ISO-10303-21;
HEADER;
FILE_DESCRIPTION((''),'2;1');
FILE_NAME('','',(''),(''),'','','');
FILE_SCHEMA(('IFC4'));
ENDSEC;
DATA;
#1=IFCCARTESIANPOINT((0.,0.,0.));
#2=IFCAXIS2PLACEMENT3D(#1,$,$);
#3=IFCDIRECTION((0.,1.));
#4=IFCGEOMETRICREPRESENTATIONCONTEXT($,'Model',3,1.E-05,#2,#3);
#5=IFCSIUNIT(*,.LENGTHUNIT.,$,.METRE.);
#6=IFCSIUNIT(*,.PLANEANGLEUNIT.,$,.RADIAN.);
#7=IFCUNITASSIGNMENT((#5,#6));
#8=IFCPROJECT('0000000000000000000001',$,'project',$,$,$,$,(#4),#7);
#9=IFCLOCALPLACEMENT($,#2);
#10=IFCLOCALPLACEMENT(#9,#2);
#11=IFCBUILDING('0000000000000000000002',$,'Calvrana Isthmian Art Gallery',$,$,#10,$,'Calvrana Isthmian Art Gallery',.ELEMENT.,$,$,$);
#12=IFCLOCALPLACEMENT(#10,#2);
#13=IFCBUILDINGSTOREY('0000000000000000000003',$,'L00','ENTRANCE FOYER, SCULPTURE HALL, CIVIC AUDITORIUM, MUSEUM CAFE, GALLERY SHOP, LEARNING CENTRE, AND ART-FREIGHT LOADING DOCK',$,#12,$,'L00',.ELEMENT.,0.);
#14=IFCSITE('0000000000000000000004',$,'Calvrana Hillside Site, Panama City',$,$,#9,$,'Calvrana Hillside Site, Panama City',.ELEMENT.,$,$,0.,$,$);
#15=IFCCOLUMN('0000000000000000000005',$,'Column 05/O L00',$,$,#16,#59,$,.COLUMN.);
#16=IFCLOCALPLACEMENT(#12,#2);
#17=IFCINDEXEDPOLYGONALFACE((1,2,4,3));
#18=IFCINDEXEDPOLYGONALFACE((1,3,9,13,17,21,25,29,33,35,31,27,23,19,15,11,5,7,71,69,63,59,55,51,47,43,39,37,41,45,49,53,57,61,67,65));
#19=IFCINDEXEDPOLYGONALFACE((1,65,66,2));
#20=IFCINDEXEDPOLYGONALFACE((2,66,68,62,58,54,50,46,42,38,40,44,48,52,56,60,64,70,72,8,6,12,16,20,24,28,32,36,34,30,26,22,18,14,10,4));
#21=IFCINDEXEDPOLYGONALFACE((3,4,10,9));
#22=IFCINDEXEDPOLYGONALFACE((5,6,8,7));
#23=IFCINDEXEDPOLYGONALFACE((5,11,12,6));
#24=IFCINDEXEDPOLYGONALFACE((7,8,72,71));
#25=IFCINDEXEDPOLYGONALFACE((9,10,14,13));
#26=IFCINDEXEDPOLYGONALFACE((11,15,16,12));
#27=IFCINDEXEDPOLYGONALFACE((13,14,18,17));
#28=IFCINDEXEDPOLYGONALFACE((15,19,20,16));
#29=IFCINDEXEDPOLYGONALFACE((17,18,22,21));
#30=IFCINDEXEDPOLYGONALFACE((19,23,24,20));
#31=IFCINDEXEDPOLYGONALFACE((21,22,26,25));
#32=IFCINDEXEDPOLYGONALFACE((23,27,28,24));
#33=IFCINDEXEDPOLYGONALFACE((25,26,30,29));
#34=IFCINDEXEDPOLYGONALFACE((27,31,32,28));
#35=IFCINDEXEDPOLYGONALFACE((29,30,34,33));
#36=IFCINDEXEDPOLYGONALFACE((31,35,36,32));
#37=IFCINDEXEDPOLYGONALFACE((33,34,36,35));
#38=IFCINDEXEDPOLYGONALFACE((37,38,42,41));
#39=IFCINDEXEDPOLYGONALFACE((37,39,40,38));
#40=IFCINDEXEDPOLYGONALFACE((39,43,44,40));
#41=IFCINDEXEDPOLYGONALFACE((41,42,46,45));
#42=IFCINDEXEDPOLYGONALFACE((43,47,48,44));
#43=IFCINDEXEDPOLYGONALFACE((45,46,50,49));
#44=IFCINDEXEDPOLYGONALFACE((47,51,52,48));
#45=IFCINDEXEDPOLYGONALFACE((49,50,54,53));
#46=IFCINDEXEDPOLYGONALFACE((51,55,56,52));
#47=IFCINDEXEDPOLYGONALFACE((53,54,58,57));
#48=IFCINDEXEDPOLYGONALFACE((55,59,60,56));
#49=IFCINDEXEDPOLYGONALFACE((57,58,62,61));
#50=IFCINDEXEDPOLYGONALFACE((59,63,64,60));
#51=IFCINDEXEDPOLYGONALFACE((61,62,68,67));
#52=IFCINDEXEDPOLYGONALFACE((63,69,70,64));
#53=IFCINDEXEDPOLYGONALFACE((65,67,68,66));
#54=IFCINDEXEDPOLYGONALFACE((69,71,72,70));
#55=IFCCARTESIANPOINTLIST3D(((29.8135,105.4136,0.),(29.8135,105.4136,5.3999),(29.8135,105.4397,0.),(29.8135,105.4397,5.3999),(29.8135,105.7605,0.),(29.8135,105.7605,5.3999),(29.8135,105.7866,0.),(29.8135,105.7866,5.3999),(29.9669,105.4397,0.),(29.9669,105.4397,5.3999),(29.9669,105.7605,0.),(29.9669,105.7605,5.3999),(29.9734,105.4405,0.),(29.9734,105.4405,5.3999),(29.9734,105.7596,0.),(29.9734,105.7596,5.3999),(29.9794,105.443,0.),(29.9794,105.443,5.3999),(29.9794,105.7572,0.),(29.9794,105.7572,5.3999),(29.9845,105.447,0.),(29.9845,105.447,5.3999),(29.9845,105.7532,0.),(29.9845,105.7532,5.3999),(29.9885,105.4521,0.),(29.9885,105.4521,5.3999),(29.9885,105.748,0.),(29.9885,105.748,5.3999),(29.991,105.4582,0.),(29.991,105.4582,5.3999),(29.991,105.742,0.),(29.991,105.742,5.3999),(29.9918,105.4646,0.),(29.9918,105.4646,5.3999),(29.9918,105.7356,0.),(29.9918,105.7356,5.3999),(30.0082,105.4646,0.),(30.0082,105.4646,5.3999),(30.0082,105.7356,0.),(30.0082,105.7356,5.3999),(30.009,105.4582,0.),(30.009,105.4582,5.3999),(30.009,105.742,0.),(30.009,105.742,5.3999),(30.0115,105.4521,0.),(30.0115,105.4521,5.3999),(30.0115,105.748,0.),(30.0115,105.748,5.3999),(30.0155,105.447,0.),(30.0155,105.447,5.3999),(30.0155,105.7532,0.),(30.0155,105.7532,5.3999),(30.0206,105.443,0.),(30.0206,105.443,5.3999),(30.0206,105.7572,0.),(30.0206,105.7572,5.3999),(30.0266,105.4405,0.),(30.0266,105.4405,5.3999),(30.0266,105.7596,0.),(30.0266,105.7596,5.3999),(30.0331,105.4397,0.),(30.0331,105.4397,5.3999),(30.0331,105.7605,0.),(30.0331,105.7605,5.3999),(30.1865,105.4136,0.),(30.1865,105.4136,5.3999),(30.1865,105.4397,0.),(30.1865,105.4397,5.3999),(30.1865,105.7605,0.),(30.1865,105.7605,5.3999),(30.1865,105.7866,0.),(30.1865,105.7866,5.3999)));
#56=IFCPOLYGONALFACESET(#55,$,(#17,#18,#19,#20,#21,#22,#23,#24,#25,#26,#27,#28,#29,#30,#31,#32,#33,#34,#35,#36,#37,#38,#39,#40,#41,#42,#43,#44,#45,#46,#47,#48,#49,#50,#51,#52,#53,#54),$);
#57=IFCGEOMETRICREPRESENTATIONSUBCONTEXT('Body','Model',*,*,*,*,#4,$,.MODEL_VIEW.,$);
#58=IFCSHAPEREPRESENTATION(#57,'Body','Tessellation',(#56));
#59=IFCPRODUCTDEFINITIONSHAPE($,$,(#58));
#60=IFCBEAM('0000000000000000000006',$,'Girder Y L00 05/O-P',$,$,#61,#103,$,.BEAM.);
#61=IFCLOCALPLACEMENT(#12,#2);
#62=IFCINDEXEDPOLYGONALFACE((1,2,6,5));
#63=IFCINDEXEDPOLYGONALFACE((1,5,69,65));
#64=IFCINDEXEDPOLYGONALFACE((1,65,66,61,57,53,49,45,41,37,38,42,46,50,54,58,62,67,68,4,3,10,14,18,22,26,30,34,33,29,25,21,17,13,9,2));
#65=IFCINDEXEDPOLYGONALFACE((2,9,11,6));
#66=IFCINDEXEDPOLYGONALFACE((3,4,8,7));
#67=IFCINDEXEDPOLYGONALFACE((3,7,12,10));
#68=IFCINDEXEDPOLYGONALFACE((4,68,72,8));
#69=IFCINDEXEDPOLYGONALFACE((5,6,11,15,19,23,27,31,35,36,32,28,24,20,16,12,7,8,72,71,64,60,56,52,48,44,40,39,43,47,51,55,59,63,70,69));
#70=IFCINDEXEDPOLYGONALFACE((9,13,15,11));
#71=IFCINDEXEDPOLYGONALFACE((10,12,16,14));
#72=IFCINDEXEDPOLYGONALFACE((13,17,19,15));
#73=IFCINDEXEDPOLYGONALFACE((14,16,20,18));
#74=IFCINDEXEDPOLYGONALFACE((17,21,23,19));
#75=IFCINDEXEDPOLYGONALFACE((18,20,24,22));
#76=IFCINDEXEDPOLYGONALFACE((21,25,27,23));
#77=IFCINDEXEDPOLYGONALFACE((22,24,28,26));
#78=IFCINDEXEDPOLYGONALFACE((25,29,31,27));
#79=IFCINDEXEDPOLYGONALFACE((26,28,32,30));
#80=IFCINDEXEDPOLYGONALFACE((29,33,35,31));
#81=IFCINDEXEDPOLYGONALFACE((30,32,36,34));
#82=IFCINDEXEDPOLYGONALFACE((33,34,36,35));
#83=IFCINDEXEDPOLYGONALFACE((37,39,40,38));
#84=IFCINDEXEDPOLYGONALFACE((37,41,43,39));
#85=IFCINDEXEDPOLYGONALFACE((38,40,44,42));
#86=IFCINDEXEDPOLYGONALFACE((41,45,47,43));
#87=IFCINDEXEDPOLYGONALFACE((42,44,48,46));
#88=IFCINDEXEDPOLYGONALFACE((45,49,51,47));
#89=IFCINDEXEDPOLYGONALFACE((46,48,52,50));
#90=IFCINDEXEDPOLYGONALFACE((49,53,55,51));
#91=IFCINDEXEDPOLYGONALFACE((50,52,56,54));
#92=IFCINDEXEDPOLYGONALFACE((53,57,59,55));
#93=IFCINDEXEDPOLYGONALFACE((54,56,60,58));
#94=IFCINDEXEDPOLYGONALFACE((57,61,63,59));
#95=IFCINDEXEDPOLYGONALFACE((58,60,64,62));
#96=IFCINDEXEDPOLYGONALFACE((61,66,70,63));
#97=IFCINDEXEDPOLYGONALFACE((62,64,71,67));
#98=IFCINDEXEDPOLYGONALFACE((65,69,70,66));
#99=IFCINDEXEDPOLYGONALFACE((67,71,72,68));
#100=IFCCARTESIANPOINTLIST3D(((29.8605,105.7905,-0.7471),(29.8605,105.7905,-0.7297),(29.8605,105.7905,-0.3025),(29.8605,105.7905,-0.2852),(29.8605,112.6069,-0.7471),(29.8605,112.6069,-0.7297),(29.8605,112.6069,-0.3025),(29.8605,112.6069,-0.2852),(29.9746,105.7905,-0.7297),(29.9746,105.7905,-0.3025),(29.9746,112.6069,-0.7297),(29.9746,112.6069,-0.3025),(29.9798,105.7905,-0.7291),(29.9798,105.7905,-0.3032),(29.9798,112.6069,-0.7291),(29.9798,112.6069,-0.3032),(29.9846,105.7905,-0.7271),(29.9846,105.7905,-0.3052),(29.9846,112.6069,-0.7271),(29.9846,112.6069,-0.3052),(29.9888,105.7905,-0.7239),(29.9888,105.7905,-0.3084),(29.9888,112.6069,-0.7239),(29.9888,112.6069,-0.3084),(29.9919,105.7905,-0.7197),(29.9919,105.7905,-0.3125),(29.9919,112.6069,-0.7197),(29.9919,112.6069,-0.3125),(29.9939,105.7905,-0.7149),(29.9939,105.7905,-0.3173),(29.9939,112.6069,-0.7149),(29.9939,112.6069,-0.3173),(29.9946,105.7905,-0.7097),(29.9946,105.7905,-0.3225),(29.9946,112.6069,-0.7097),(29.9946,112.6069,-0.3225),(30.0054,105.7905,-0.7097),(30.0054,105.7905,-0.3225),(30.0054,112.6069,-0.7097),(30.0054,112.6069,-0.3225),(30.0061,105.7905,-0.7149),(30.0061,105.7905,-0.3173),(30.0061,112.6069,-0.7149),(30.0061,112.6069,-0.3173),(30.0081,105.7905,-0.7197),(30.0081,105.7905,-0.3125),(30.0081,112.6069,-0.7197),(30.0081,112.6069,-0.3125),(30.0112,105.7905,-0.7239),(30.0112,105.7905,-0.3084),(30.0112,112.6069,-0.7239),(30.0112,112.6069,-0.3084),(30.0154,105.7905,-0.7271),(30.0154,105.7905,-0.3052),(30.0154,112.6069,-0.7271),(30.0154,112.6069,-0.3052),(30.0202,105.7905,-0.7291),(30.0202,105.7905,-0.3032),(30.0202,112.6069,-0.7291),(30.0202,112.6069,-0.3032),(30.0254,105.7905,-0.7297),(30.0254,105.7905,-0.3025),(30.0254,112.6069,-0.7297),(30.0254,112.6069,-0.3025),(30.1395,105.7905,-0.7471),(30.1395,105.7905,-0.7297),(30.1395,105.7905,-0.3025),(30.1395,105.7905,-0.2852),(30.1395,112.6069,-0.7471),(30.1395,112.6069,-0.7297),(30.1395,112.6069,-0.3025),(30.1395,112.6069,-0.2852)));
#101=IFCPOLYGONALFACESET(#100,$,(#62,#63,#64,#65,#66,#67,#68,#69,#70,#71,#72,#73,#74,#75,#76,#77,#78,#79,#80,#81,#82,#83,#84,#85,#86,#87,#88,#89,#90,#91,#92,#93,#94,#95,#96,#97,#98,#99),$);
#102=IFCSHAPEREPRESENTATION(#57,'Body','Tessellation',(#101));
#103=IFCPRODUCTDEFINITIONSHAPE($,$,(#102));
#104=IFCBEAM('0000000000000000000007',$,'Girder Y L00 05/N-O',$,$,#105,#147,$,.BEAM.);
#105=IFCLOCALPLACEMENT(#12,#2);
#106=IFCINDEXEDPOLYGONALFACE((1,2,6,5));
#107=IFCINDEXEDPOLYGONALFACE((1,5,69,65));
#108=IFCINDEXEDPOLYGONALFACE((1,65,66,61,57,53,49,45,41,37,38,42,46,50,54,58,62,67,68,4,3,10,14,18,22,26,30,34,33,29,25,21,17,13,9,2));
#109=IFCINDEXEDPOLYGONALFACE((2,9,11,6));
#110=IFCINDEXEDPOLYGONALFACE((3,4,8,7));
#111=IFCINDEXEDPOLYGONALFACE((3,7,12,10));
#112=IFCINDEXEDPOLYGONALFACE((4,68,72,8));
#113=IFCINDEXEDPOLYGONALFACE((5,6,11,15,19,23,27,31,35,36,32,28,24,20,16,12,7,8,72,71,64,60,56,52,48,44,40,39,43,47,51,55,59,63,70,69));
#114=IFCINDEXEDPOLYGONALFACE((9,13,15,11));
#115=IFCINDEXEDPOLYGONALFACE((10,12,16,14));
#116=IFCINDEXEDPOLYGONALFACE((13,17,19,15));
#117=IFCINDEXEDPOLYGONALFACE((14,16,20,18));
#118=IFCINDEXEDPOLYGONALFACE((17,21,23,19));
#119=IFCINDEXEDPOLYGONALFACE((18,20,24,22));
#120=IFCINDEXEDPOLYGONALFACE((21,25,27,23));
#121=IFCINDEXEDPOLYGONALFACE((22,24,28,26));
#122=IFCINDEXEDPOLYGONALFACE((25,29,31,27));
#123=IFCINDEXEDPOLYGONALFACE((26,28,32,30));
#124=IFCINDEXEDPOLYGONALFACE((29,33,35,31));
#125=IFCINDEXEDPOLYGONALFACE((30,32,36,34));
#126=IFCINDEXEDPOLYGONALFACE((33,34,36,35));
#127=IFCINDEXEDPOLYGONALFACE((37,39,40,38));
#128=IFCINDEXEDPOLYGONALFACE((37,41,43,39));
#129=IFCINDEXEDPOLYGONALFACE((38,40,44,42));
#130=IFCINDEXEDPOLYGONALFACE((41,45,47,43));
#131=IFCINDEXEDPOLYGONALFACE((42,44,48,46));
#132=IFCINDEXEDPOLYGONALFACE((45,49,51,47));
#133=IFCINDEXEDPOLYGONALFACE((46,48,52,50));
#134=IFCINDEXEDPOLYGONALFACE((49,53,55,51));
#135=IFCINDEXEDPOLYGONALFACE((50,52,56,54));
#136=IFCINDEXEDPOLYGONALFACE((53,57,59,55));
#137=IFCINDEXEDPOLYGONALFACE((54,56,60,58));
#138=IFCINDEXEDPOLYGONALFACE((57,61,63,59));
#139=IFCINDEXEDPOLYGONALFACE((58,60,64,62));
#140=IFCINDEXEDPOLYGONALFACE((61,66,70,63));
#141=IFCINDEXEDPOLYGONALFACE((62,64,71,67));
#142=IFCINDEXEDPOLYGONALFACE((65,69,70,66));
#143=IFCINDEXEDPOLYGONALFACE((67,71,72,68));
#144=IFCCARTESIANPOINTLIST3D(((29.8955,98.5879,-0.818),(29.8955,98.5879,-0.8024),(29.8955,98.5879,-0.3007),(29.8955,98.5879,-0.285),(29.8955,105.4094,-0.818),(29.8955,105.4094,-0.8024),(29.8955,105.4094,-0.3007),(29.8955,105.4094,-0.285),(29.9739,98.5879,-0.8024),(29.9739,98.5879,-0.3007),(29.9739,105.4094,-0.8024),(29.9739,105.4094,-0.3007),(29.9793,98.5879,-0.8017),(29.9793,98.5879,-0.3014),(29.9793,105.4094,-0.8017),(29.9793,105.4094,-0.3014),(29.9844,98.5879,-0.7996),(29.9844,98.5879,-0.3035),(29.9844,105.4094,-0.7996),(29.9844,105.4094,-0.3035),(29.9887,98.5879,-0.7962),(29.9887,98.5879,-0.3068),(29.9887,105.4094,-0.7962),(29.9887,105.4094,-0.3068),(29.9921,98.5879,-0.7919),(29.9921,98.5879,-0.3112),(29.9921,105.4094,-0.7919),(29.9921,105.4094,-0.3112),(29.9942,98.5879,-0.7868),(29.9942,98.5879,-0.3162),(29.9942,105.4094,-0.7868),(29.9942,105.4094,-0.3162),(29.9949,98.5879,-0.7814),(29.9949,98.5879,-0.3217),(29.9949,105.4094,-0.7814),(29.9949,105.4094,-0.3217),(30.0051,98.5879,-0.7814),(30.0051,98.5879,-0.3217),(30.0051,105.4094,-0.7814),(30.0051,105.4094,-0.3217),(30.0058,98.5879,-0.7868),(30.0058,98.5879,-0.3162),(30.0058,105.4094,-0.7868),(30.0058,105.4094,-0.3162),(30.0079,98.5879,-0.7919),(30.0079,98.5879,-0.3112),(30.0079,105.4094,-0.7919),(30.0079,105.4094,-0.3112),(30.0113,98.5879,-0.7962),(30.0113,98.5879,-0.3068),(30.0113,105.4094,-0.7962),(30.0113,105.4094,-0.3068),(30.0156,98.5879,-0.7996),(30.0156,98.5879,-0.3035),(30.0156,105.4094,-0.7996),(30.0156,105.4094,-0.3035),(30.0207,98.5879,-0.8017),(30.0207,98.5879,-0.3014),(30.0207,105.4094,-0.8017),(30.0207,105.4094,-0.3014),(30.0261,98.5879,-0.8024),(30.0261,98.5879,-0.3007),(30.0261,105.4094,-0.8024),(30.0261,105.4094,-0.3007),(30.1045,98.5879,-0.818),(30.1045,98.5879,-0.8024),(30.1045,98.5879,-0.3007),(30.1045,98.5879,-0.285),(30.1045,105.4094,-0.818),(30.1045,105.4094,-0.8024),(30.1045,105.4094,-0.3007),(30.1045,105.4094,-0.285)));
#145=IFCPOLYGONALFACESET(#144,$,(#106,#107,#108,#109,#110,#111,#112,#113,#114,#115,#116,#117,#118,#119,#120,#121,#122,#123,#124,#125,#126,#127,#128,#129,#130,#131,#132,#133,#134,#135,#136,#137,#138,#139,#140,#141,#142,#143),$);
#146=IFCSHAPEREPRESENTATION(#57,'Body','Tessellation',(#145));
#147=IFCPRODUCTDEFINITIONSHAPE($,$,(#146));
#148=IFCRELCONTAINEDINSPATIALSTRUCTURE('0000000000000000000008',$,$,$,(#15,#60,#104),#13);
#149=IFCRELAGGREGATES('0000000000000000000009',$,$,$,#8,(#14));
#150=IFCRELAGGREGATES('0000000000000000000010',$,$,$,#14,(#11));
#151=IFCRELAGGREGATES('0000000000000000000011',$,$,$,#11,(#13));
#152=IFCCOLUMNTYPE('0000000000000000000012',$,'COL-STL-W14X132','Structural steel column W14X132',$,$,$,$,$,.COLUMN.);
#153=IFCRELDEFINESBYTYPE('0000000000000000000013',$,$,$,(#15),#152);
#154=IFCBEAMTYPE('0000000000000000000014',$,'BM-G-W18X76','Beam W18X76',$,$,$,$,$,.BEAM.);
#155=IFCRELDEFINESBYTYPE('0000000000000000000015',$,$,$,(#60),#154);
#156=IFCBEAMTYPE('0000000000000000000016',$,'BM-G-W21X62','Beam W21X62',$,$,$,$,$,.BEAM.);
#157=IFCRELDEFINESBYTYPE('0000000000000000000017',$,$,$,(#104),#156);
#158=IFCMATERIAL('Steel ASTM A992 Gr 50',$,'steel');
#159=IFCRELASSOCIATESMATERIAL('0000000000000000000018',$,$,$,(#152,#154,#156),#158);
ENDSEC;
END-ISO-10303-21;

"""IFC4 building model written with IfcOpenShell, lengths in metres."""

from ifc_helpers import new_model, si_unit, direction, frame, origin, origin_2d, place, context, subcontext, project, spatial, i_section, extrude, material, material_profile, profile_set, type_object, element, save


model = new_model("IFC4")

# Units and contexts
model_context = context("Model", 3, precision=1e-05, world=origin(), true_north=direction((0.0, 1.0)))
body_context = subcontext(model_context, "Body", "Model", "MODEL_VIEW")
ifc_project = project(units=[si_unit("LENGTHUNIT", "METRE"), si_unit("PLANEANGLEUNIT", "RADIAN")], contexts=[model_context])

# Site, building, storey
site_placement = place(None, origin())
site = spatial("IfcSite", under=ifc_project, at=site_placement, Name="Calvrana Hillside Site, Panama City", LongName="Calvrana Hillside Site, Panama City", CompositionType="ELEMENT", RefElevation=0.0)
building_placement = place(site_placement, origin())
building = spatial("IfcBuilding", under=site, at=building_placement, Name="Calvrana Isthmian Art Gallery", LongName="Calvrana Isthmian Art Gallery", CompositionType="ELEMENT")
storey_placement = place(building_placement, origin())
storey = spatial("IfcBuildingStorey", under=building, at=storey_placement, Name="L00", Description="ENTRANCE FOYER, SCULPTURE HALL, CIVIC AUDITORIUM, MUSEUM CAFE, GALLERY SHOP, LEARNING CENTRE, AND ART-FREIGHT LOADING DOCK", LongName="L00", CompositionType="ELEMENT", Elevation=0.0)

# Column
ifc_material_1 = material(Name="Steel ASTM A992 Gr 50", Category="steel")
ifc_material_profile_1 = material_profile(ifc_material_1, i_section(OverallWidth=0.373, OverallDepth=0.373, WebThickness=0.0164, FlangeThickness=0.0261, FilletRadius=0.0249, at=origin_2d()), Name="W14X132")
ifc_profile_set_1 = profile_set([ifc_material_profile_1], Name="Steel ASTM A992 Gr 50")
column_type = type_object("IfcColumnType", Name="COL-STL-W14X132", Description="Structural steel column W14X132", PredefinedType="COLUMN", material=ifc_profile_set_1)
column_placement = place(storey_placement, frame((30.0, 105.6001, 0.0), z_axis=(0.0, 0.0, 1.0), x_axis=(1.0, 0.0, 0.0)))
element("IfcColumn", 1, at=column_placement, inside=storey, type_object=column_type, Name="Column 05/O L00", PredefinedType="COLUMN", context=body_context, shape_type="SweptSolid", body=[
    extrude(i_section(OverallWidth=0.373, OverallDepth=0.373, WebThickness=0.0164, FlangeThickness=0.0261, FilletRadius=0.0249, at=origin_2d()), origin(), (0.0, 0.0, 1.0), 5.3999),
])

# Beams
ifc_material_profile_2 = material_profile(ifc_material_1, i_section(OverallWidth=0.2791, OverallDepth=0.4619, WebThickness=0.0107, FlangeThickness=0.0173, FilletRadius=0.02, at=origin_2d()), Name="W18X76")
ifc_profile_set_2 = profile_set([ifc_material_profile_2], Name="Steel ASTM A992 Gr 50")
beam_type_1 = type_object("IfcBeamType", Name="BM-G-W18X76", Description="Beam W18X76", PredefinedType="BEAM", material=ifc_profile_set_2)
beam_1_placement = place(storey_placement, frame((30.0, 105.7905, -0.5161), z_axis=(0.0, 1.0, 0.0), x_axis=(-1.0, 0.0, 0.0)))
element("IfcBeam", 2, at=beam_1_placement, inside=storey, type_object=beam_type_1, Name="Girder Y L00 05/O-P", PredefinedType="BEAM", context=body_context, shape_type="SweptSolid", body=[
    extrude(i_section(OverallWidth=0.2791, OverallDepth=0.4619, WebThickness=0.0107, FlangeThickness=0.0173, FilletRadius=0.02, at=origin_2d()), origin(), (0.0, 0.0, 1.0), 6.8164),
])
ifc_material_profile_3 = material_profile(ifc_material_1, i_section(OverallWidth=0.209, OverallDepth=0.533, WebThickness=0.0103, FlangeThickness=0.0156, FilletRadius=0.021, at=origin_2d()), Name="W21X62")
ifc_profile_set_3 = profile_set([ifc_material_profile_3], Name="Steel ASTM A992 Gr 50")
beam_type_2 = type_object("IfcBeamType", Name="BM-G-W21X62", Description="Beam W21X62", PredefinedType="BEAM", material=ifc_profile_set_3)
beam_2_placement = place(storey_placement, frame((30.0, 98.5879, -0.5515), z_axis=(0.0, 1.0, 0.0), x_axis=(-1.0, 0.0, 0.0)))
element("IfcBeam", 3, at=beam_2_placement, inside=storey, type_object=beam_type_2, Name="Girder Y L00 05/N-O", PredefinedType="BEAM", context=body_context, shape_type="SweptSolid", body=[
    extrude(i_section(OverallWidth=0.209, OverallDepth=0.533, WebThickness=0.0103, FlangeThickness=0.0156, FilletRadius=0.021, at=origin_2d()), origin(), (0.0, 0.0, 1.0), 6.8215),
])

save(model, "model.ifc")
